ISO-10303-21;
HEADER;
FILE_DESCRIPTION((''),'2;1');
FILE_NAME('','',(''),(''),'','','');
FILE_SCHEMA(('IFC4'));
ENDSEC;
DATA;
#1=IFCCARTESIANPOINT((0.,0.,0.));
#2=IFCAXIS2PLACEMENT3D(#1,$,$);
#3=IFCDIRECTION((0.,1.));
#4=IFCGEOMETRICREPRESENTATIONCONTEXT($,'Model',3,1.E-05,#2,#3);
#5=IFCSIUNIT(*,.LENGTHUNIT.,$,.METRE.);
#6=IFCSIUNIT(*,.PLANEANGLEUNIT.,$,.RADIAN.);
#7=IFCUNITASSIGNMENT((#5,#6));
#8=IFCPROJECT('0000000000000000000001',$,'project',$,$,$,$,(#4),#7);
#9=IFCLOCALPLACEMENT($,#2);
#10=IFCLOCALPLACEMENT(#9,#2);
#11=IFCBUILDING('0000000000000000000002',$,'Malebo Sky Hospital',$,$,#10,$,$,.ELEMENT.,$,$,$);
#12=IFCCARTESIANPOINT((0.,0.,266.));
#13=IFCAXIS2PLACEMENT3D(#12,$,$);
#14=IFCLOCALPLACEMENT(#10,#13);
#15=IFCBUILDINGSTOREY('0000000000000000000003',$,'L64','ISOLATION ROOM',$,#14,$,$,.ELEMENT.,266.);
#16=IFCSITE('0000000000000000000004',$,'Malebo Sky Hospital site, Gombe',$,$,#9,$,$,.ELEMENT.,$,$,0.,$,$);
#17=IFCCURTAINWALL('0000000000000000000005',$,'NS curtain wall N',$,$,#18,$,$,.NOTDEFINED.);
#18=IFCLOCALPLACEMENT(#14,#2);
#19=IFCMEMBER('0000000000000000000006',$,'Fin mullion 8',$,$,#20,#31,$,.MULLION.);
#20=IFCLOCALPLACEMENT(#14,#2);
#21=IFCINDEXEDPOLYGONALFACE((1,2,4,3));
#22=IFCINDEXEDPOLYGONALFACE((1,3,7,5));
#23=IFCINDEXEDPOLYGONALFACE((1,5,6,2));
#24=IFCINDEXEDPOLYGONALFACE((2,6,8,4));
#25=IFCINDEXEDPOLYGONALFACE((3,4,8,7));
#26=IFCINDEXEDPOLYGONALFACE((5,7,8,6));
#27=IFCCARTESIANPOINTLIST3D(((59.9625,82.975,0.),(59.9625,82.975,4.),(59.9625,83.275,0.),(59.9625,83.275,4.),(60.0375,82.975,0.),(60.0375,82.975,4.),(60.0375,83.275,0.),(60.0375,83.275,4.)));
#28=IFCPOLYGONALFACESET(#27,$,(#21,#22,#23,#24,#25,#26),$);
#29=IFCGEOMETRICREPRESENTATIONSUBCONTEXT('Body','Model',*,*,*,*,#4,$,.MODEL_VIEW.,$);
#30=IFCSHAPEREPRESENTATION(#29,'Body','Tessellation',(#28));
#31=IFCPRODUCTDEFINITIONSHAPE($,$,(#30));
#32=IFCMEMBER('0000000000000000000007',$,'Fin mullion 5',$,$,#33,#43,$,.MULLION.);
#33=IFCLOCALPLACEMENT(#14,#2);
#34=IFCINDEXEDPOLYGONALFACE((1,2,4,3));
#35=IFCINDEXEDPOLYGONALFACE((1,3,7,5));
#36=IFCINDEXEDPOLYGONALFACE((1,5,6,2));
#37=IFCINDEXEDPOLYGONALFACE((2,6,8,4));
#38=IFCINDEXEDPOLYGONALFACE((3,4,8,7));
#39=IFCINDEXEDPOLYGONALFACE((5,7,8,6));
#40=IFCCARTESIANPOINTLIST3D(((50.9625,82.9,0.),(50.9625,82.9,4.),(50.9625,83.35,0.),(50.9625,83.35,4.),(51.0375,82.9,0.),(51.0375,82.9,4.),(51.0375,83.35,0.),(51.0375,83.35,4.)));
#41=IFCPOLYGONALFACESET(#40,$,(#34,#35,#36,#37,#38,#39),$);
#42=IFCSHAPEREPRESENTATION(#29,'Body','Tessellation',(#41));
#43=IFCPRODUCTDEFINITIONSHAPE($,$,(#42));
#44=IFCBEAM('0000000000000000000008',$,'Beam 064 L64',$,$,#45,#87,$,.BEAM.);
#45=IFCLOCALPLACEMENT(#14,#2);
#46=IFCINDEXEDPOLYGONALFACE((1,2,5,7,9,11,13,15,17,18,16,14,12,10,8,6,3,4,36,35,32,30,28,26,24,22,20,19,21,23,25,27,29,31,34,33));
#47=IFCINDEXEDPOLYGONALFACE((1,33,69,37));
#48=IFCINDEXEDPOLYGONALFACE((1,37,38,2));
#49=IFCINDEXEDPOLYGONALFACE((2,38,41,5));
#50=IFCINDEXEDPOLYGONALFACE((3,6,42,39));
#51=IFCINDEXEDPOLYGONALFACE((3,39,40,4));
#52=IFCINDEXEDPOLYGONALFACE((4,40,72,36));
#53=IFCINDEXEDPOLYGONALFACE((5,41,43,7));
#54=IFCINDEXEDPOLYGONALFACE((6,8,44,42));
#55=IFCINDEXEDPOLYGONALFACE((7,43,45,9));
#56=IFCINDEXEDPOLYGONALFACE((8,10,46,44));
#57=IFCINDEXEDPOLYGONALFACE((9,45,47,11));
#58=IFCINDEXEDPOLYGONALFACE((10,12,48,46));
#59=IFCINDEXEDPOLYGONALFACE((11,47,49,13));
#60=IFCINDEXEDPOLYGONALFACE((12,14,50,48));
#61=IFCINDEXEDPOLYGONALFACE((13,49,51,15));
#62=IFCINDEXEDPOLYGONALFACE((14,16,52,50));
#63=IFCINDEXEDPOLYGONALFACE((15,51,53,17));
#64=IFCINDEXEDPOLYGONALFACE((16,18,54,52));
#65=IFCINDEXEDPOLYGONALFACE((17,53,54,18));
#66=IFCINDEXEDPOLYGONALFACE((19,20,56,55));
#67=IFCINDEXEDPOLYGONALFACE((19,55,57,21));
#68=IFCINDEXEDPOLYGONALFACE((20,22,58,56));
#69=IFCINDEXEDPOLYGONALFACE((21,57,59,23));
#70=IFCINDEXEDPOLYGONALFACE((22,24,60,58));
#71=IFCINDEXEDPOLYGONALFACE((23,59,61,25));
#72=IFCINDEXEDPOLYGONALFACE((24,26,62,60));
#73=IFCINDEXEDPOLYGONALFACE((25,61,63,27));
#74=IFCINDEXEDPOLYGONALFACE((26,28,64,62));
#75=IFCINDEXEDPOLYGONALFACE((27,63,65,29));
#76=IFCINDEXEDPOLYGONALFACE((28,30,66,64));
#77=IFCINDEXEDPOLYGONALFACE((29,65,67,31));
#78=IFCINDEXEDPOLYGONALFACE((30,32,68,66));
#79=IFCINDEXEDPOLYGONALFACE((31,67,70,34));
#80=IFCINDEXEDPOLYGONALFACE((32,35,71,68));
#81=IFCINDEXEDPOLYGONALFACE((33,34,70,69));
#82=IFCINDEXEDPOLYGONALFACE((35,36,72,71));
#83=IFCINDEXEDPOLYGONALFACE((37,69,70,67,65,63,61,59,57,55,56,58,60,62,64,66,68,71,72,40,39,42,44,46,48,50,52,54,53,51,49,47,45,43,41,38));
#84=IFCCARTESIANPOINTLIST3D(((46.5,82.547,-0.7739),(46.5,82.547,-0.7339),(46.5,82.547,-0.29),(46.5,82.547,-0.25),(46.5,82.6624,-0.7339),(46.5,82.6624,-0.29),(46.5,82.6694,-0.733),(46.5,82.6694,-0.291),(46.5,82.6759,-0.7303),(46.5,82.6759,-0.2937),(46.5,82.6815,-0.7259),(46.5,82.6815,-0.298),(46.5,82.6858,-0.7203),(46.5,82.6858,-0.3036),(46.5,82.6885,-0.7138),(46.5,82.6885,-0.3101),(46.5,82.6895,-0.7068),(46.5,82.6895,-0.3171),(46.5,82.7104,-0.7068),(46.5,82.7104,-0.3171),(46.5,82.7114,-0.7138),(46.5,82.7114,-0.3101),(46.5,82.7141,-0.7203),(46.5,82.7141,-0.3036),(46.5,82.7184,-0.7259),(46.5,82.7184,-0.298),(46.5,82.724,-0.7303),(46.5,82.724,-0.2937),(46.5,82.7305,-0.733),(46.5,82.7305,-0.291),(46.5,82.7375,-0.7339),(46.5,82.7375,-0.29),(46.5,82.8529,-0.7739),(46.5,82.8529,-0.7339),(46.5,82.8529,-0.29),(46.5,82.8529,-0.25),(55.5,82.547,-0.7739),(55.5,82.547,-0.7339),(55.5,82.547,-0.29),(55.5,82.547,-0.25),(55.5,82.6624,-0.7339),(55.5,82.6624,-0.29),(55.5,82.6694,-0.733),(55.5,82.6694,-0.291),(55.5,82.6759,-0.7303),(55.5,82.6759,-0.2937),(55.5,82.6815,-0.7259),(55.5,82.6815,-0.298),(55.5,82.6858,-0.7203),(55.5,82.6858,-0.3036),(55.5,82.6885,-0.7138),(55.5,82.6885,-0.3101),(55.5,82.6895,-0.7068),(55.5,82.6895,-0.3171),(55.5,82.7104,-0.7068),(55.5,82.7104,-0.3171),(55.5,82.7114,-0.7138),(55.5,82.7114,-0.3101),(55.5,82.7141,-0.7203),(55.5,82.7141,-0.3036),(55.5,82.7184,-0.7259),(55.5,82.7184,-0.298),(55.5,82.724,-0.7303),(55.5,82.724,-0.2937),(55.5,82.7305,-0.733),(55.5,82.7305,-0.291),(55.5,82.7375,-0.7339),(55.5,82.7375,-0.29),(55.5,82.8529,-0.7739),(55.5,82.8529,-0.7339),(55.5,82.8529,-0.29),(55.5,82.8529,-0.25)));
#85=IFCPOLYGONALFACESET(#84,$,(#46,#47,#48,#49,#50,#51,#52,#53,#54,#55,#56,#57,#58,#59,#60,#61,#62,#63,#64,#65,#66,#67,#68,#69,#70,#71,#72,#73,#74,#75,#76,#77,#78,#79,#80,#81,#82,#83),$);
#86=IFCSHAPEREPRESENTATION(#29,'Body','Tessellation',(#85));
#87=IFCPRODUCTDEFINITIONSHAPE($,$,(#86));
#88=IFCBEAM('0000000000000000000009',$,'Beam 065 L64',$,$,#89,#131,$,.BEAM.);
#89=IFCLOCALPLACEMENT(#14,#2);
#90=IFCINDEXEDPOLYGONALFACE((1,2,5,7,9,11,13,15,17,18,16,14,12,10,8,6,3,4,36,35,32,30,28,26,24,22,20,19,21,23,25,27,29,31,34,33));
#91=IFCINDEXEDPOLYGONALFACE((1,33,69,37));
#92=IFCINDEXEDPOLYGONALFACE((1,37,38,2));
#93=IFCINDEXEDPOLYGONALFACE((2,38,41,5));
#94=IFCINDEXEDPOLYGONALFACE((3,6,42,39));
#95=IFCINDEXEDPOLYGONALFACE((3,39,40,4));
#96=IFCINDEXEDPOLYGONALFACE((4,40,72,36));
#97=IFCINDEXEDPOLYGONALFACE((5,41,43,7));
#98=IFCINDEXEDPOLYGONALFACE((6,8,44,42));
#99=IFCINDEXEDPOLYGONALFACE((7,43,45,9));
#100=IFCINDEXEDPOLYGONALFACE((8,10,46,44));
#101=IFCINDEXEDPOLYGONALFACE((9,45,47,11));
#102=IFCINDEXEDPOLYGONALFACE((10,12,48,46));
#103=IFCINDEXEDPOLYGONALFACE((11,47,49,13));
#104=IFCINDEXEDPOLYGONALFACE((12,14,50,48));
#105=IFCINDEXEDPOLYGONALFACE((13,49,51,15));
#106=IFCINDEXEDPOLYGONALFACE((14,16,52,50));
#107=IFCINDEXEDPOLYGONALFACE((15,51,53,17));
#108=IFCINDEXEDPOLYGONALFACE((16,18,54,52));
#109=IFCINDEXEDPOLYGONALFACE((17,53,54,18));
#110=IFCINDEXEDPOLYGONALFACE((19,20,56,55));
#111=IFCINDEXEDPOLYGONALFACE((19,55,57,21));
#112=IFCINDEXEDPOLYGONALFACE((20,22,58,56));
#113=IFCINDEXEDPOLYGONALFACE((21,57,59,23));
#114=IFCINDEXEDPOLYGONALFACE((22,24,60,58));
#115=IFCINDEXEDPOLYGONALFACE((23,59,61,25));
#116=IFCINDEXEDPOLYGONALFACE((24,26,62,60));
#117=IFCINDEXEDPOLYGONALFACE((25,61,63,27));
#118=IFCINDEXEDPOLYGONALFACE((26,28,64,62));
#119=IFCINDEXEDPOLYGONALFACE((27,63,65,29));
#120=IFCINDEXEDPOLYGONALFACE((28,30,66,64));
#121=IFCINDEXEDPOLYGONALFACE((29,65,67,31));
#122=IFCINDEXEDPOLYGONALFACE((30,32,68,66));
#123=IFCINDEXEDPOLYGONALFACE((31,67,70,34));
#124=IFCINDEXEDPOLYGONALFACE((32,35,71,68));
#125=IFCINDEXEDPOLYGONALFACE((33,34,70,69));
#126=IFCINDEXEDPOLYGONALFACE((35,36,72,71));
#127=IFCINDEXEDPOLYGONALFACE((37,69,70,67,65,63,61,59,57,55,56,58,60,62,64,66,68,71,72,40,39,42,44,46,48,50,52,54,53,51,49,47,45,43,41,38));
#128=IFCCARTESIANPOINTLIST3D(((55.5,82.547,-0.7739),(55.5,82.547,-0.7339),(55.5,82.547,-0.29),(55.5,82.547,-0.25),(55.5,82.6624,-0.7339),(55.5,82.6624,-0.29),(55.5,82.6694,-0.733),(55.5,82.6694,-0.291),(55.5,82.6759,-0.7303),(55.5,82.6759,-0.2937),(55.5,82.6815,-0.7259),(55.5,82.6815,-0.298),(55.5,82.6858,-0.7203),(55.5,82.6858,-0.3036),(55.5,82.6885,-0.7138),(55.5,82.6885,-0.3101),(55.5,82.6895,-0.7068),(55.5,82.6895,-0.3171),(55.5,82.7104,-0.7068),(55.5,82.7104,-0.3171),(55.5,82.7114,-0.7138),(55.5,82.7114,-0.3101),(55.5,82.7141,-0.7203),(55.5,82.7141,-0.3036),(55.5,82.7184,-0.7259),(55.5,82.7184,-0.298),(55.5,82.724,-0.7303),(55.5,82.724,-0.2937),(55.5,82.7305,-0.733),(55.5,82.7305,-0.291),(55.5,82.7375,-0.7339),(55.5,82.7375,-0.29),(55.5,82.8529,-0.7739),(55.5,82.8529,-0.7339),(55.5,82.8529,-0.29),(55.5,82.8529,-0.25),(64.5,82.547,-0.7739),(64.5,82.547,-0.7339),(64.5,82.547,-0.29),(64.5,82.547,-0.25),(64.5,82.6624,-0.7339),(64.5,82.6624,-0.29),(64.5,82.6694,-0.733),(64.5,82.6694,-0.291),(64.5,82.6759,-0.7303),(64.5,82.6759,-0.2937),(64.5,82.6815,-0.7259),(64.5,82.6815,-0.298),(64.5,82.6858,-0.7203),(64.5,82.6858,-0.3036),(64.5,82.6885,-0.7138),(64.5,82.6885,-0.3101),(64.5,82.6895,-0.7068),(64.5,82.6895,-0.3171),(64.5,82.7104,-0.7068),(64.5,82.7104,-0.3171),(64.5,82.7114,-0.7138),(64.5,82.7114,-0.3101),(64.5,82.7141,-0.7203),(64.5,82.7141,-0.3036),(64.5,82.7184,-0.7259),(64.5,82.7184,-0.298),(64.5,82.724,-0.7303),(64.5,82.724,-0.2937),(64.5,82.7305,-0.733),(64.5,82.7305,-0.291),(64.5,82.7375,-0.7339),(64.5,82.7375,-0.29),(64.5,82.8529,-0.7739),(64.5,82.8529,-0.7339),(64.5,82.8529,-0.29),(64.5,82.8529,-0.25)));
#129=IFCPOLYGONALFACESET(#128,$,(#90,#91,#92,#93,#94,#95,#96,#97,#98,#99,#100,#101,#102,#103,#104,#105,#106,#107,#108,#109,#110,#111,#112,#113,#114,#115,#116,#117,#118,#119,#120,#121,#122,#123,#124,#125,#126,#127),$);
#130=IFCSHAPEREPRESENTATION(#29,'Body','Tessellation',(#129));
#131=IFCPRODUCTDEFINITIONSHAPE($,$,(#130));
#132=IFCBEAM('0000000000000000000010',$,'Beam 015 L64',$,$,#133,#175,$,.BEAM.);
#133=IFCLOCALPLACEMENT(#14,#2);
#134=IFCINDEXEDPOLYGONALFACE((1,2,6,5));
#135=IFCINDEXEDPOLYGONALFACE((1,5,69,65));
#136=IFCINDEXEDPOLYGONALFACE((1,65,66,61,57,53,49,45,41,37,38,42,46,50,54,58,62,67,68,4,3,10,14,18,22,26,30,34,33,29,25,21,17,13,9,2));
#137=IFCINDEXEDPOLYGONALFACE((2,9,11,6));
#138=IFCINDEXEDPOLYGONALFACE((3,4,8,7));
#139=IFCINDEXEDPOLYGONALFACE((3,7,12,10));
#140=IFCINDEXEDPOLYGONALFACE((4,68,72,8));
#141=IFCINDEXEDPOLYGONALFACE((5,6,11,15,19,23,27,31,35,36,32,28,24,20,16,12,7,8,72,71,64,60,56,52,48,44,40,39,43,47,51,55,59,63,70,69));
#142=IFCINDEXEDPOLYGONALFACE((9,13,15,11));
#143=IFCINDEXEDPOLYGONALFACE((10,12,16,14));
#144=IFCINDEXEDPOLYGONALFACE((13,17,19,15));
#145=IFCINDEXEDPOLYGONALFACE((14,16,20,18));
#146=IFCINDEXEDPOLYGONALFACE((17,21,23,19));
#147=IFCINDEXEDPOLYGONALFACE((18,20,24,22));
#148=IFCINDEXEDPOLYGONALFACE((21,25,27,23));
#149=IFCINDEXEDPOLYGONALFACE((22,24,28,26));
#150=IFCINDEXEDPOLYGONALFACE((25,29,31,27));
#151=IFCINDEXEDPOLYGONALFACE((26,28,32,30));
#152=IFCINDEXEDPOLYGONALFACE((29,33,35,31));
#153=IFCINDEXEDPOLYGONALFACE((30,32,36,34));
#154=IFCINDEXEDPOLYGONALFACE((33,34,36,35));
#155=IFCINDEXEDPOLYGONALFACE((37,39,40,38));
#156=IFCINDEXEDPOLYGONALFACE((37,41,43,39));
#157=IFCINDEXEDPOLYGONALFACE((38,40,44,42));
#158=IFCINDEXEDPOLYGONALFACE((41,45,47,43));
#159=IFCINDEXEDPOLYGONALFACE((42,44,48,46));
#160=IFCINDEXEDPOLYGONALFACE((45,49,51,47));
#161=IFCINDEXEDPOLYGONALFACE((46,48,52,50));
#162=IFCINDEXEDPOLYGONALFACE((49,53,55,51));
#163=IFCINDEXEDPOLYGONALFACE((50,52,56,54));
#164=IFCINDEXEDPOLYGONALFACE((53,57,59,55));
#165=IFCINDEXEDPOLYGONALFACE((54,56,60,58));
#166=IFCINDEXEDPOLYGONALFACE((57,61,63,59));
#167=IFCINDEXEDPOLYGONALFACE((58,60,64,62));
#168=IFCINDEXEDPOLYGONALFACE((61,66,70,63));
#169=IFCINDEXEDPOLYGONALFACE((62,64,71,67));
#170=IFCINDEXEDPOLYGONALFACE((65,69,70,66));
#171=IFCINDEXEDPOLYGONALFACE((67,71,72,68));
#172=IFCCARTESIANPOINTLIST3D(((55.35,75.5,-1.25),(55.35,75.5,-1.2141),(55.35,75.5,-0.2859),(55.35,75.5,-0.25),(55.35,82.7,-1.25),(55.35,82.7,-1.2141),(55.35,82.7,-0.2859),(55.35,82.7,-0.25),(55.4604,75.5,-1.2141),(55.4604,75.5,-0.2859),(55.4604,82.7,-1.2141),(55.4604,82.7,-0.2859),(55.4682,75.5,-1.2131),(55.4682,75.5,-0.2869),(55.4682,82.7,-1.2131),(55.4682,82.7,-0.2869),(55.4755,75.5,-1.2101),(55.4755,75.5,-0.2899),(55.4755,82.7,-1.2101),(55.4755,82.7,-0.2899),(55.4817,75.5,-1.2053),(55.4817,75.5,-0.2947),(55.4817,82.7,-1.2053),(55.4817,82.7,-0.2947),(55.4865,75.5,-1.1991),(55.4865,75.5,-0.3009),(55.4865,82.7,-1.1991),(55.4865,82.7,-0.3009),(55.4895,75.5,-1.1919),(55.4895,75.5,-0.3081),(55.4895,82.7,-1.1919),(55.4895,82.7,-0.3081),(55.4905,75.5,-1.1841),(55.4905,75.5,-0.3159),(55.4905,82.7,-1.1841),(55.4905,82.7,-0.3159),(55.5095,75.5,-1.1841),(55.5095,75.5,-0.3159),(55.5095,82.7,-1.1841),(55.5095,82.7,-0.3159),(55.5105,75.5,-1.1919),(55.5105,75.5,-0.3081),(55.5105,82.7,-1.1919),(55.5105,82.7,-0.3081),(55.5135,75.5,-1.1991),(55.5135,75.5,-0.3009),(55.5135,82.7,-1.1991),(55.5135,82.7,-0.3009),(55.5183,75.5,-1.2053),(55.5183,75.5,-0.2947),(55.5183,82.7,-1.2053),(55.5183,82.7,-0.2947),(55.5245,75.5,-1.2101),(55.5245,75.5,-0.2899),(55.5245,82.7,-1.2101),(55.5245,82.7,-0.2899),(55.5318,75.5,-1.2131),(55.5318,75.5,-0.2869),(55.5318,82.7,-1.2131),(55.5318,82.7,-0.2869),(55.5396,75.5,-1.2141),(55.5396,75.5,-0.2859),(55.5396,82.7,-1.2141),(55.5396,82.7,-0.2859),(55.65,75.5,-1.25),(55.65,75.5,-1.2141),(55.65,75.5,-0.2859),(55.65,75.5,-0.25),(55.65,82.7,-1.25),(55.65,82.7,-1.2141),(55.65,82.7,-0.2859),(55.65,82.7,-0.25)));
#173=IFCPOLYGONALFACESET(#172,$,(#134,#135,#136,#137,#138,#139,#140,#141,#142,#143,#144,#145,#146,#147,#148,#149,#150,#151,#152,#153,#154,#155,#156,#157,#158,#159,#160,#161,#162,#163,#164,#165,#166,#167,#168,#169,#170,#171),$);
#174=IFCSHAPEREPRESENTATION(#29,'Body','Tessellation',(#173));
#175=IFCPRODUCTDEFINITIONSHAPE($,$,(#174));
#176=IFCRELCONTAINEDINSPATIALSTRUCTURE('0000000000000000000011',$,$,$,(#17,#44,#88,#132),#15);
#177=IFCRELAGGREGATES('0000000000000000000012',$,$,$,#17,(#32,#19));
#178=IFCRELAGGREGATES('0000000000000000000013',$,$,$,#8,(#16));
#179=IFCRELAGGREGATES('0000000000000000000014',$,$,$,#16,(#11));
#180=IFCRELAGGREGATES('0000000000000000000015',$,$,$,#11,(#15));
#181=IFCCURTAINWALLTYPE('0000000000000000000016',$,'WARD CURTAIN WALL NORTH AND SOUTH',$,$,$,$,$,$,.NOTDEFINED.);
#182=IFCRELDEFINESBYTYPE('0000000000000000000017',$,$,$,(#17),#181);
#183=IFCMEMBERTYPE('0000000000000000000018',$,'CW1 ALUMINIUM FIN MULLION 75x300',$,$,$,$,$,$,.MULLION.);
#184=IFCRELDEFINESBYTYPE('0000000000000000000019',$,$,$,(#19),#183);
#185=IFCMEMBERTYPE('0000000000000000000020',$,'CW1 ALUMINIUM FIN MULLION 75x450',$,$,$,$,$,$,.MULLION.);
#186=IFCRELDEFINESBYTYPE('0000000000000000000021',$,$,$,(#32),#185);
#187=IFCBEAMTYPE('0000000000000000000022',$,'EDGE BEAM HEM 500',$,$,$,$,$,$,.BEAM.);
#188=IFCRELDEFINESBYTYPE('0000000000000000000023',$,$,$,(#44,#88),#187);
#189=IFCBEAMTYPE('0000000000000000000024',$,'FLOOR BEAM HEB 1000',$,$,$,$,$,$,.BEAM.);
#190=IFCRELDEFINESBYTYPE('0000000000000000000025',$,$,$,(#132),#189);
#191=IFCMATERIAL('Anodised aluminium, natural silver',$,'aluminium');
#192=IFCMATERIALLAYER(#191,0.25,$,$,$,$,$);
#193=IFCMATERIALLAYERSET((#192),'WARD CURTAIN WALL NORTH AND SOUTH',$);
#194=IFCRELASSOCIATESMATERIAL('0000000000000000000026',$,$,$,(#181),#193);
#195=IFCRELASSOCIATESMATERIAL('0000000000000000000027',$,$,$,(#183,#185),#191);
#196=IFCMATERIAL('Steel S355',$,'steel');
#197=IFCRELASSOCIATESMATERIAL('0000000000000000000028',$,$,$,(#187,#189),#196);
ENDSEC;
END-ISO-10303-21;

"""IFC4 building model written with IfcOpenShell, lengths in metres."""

from ifc_helpers import new_model, si_unit, direction, frame, origin, origin_2d, place, context, subcontext, project, spatial, rectangle, i_section, extrude, material, layer, layer_set, material_profile, profile_set, type_object, element, aggregate, save


model = new_model("IFC4")

# Units and contexts
model_context = context("Model", 3, precision=1e-05, world=origin(), true_north=direction((0.0, 1.0)))
body_context = subcontext(model_context, "Body", "Model", "MODEL_VIEW")
ifc_project = project(units=[si_unit("LENGTHUNIT", "METRE"), si_unit("PLANEANGLEUNIT", "RADIAN")], contexts=[model_context])

# Site, building, storey
site_placement = place(None, origin())
site = spatial("IfcSite", under=ifc_project, at=site_placement, Name="Malebo Sky Hospital site, Gombe", CompositionType="ELEMENT", RefElevation=0.0)
building_placement = place(site_placement, origin())
building = spatial("IfcBuilding", under=site, at=building_placement, Name="Malebo Sky Hospital", CompositionType="ELEMENT")
storey_placement = place(building_placement, frame((0.0, 0.0, 266.0)))
storey = spatial("IfcBuildingStorey", under=building, at=storey_placement, Name="L64", Description="ISOLATION ROOM", CompositionType="ELEMENT", Elevation=266.0)

# Curtain wall
ifc_material_1 = material(Name="Anodised aluminium, natural silver", Category="aluminium")
ifc_layer_1 = layer(ifc_material_1, 0.25)
ifc_layer_set_1 = layer_set([ifc_layer_1], Name="WARD CURTAIN WALL NORTH AND SOUTH")
curtain_wall_type = type_object("IfcCurtainWallType", Name="WARD CURTAIN WALL NORTH AND SOUTH", PredefinedType="NOTDEFINED", material=ifc_layer_set_1)
curtain_wall_placement = place(storey_placement, origin())
curtain_wall = element("IfcCurtainWall", 1, at=curtain_wall_placement, inside=storey, type_object=curtain_wall_type, Name="NS curtain wall N", PredefinedType="NOTDEFINED")

# Members
ifc_material_2 = material(Name="Steel S355", Category="steel")
ifc_material_profile_1 = material_profile(ifc_material_1, rectangle(XDim=0.075, YDim=0.3, at=origin_2d()), Name="CW1 ALUMINIUM FIN MULLION 75x300")
ifc_profile_set_1 = profile_set([ifc_material_profile_1], Name="Anodised aluminium, natural silver")
member_type_1 = type_object("IfcMemberType", Name="CW1 ALUMINIUM FIN MULLION 75x300", PredefinedType="MULLION", material=ifc_profile_set_1)
member_1_placement = place(storey_placement, frame((60.0, 83.125, 0.0), z_axis=(0.0, 0.0, 1.0), x_axis=(1.0, 0.0, 0.0)))
member_1 = element("IfcMember", 2, at=member_1_placement, type_object=member_type_1, Name="Fin mullion 8", PredefinedType="MULLION", context=body_context, shape_type="SweptSolid", body=[
    extrude(rectangle(XDim=0.075, YDim=0.3, at=origin_2d()), origin(), (0.0, 0.0, 1.0), 4.0),
])
ifc_material_profile_2 = material_profile(ifc_material_1, rectangle(XDim=0.075, YDim=0.45, at=origin_2d()), Name="CW1 ALUMINIUM FIN MULLION 75x450")
ifc_profile_set_2 = profile_set([ifc_material_profile_2], Name="Anodised aluminium, natural silver")
member_type_2 = type_object("IfcMemberType", Name="CW1 ALUMINIUM FIN MULLION 75x450", PredefinedType="MULLION", material=ifc_profile_set_2)
member_2_placement = place(storey_placement, frame((51.0, 83.125, 0.0), z_axis=(0.0, 0.0, 1.0), x_axis=(1.0, 0.0, 0.0)))
member_2 = element("IfcMember", 3, at=member_2_placement, type_object=member_type_2, Name="Fin mullion 5", PredefinedType="MULLION", context=body_context, shape_type="SweptSolid", body=[
    extrude(rectangle(XDim=0.075, YDim=0.45, at=origin_2d()), origin(), (0.0, 0.0, 1.0), 4.0),
])

# Beams
ifc_material_profile_3 = material_profile(ifc_material_2, i_section(OverallWidth=0.3059, OverallDepth=0.5239, WebThickness=0.021, FlangeThickness=0.04, FilletRadius=0.0271, at=origin_2d()), Name="HEM 500")
ifc_profile_set_3 = profile_set([ifc_material_profile_3], Name="Steel S355")
beam_type_1 = type_object("IfcBeamType", Name="EDGE BEAM HEM 500", PredefinedType="BEAM", material=ifc_profile_set_3)
for number, where, z_axis, x_axis, name in (
    (4, (46.5, 82.7, -0.512), (1.0, 0.0, 0.0), (0.0, 1.0, 0.0), "Beam 064 L64"),
    (5, (55.5, 82.7, -0.512), (1.0, 0.0, 0.0), (0.0, 1.0, 0.0), "Beam 065 L64"),
):
    element("IfcBeam", number, at=place(storey_placement, frame(where, z_axis=z_axis, x_axis=x_axis)), inside=storey, type_object=beam_type_1, Name=name, PredefinedType="BEAM", context=body_context, shape_type="SweptSolid", body=[
        extrude(i_section(OverallWidth=0.3059, OverallDepth=0.5239, WebThickness=0.021, FlangeThickness=0.04, FilletRadius=0.0271, at=origin_2d()), origin(), (0.0, 0.0, 1.0), 9.0),
    ])
ifc_material_profile_4 = material_profile(ifc_material_2, i_section(OverallWidth=0.3, OverallDepth=1.0, WebThickness=0.019, FlangeThickness=0.0359, FilletRadius=0.03, at=origin_2d()), Name="HEB 1000")
ifc_profile_set_4 = profile_set([ifc_material_profile_4], Name="Steel S355")
beam_type_2 = type_object("IfcBeamType", Name="FLOOR BEAM HEB 1000", PredefinedType="BEAM", material=ifc_profile_set_4)
beam_1_placement = place(storey_placement, frame((55.5, 75.5, -0.75), z_axis=(0.0, 1.0, 0.0), x_axis=(-1.0, 0.0, 0.0)))
element("IfcBeam", 6, at=beam_1_placement, inside=storey, type_object=beam_type_2, Name="Beam 015 L64", PredefinedType="BEAM", context=body_context, shape_type="SweptSolid", body=[
    extrude(i_section(OverallWidth=0.3, OverallDepth=1.0, WebThickness=0.019, FlangeThickness=0.0359, FilletRadius=0.03, at=origin_2d()), origin(), (0.0, 0.0, 1.0), 7.2),
])

aggregate(curtain_wall, [member_2, member_1])

save(model, "model.ifc")
